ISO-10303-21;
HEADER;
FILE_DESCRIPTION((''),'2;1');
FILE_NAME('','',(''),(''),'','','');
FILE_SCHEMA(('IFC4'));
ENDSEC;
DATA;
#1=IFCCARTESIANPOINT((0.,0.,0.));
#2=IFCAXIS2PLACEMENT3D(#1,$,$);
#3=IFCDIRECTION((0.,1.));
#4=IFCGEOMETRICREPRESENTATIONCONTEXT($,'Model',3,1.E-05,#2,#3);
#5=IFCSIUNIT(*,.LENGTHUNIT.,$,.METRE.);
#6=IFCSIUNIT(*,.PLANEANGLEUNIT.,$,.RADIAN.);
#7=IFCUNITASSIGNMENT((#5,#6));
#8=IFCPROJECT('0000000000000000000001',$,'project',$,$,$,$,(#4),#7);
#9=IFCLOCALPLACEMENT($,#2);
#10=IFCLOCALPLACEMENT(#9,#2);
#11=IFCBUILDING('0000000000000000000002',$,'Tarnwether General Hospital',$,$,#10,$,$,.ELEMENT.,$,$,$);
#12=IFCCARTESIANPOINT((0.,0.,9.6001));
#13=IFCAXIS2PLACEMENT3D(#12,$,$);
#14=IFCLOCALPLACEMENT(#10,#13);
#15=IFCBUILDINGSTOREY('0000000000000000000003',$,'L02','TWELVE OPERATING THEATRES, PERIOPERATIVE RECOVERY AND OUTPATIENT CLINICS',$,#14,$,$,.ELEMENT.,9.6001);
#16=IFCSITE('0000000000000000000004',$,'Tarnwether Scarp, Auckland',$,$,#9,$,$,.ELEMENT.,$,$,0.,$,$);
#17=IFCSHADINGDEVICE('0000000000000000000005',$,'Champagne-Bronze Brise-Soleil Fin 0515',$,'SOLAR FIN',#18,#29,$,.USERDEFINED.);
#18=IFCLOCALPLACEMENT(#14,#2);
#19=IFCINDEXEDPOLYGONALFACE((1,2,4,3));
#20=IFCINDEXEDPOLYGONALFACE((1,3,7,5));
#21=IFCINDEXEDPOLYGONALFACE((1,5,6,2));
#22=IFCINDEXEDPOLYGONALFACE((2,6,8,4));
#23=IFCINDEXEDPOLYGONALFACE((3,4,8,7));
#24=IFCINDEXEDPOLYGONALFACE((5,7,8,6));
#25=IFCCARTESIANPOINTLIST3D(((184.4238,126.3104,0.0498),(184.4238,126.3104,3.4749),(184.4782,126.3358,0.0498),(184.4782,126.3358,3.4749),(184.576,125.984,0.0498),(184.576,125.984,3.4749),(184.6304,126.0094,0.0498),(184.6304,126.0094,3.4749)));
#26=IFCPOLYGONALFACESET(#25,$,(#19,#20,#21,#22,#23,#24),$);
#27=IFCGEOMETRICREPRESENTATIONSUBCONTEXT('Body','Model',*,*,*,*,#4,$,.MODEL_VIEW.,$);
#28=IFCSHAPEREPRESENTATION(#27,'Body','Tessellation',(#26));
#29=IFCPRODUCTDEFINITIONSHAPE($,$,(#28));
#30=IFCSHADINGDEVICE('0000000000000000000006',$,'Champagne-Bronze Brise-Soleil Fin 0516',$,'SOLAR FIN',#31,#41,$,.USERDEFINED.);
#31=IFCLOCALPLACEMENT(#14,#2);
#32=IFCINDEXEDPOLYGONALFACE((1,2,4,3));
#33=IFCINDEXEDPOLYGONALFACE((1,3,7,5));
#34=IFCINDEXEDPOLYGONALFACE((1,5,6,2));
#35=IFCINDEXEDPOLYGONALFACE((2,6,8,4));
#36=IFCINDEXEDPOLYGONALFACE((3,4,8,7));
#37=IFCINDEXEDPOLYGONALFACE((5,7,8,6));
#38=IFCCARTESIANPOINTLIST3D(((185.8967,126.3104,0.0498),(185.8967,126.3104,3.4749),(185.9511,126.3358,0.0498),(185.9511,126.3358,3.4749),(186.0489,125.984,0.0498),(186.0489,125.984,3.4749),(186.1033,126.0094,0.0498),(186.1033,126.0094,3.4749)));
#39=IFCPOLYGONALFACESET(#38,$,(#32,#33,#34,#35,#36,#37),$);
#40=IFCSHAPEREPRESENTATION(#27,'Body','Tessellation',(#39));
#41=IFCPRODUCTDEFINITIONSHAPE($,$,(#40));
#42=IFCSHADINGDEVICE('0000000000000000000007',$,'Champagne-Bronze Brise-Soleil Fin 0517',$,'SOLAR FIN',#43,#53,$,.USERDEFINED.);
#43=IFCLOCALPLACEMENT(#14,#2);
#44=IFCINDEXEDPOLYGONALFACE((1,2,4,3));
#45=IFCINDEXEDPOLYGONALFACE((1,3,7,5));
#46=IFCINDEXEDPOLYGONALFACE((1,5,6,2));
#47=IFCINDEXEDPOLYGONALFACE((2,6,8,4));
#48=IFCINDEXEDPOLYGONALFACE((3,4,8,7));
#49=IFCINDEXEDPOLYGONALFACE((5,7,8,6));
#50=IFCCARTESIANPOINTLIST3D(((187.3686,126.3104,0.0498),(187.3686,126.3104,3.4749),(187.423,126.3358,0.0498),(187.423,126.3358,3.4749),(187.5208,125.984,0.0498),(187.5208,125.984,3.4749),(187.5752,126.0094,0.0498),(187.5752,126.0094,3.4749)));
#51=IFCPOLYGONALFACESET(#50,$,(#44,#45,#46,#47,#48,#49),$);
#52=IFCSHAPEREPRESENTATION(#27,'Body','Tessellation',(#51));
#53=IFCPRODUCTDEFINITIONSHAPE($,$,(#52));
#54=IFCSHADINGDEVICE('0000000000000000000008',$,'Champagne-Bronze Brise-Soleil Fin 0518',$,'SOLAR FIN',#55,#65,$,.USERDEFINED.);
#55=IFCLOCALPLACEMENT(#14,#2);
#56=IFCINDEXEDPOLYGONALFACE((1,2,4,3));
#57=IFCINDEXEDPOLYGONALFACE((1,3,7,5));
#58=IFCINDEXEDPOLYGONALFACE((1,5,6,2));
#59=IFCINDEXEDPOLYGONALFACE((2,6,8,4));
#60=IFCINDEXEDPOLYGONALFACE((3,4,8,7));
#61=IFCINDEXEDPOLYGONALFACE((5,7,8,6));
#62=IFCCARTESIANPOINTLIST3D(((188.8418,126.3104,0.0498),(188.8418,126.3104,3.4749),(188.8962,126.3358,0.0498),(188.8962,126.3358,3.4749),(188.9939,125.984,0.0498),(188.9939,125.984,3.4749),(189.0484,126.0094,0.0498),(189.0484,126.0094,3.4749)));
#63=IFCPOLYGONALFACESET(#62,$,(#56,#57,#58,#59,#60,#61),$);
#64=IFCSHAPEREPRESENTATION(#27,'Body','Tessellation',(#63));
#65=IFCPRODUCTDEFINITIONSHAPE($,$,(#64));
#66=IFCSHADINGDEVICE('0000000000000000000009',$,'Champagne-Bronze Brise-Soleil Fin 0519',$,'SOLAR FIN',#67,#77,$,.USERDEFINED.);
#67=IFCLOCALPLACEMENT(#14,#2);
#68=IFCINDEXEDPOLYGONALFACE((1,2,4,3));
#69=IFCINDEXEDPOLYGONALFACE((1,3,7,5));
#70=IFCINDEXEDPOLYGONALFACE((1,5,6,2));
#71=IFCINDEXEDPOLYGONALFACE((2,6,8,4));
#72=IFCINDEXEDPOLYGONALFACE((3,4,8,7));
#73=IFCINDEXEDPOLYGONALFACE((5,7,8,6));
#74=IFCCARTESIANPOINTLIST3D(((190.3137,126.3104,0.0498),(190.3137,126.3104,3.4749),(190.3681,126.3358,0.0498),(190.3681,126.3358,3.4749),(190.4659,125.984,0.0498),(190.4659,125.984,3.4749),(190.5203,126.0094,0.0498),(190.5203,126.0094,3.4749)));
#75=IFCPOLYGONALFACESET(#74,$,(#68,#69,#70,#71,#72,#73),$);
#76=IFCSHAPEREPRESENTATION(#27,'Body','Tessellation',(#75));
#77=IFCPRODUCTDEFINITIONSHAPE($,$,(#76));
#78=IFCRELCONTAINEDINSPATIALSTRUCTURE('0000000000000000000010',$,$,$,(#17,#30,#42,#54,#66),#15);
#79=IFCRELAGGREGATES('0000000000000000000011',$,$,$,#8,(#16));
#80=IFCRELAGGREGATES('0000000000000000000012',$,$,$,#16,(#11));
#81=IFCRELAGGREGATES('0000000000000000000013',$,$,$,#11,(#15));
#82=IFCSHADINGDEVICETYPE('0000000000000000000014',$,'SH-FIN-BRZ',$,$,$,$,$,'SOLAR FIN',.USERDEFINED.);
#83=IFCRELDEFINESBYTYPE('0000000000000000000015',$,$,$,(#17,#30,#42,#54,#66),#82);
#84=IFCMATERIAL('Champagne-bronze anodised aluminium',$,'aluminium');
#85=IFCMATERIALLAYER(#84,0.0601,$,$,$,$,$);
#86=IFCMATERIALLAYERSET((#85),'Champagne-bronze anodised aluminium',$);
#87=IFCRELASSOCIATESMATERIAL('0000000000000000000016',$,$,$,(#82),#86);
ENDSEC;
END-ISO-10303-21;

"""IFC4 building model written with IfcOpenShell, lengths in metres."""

from ifc_helpers import new_model, si_unit, direction, frame, origin, origin_2d, place, context, subcontext, project, spatial, rectangle, extrude, material, layer, layer_set, type_object, element, save


model = new_model("IFC4")

# Units and contexts
model_context = context("Model", 3, precision=1e-05, world=origin(), true_north=direction((0.0, 1.0)))
body_context = subcontext(model_context, "Body", "Model", "MODEL_VIEW")
ifc_project = project(units=[si_unit("LENGTHUNIT", "METRE"), si_unit("PLANEANGLEUNIT", "RADIAN")], contexts=[model_context])

# Site, building, storey
site_placement = place(None, origin())
site = spatial("IfcSite", under=ifc_project, at=site_placement, Name="Tarnwether Scarp, Auckland", CompositionType="ELEMENT", RefElevation=0.0)
building_placement = place(site_placement, origin())
building = spatial("IfcBuilding", under=site, at=building_placement, Name="Tarnwether General Hospital", CompositionType="ELEMENT")
storey_placement = place(building_placement, frame((0.0, 0.0, 9.6001)))
storey = spatial("IfcBuildingStorey", under=building, at=storey_placement, Name="L02", Description="TWELVE OPERATING THEATRES, PERIOPERATIVE RECOVERY AND OUTPATIENT CLINICS", CompositionType="ELEMENT", Elevation=9.6001)

# Shading devices
ifc_material_1 = material(Name="Champagne-bronze anodised aluminium", Category="aluminium")
ifc_layer_1 = layer(ifc_material_1, 0.0601)
ifc_layer_set_1 = layer_set([ifc_layer_1], Name="Champagne-bronze anodised aluminium")
shading_device_type = type_object("IfcShadingDeviceType", Name="SH-FIN-BRZ", ElementType="SOLAR FIN", PredefinedType="USERDEFINED", material=ifc_layer_set_1)
for number, where, z_axis, x_axis, name in (
    (1, (184.5271, 126.1599, 0.0498), (0.0, 0.0, 1.0), (0.906308, 0.422618, 0.0), "Champagne-Bronze Brise-Soleil Fin 0515"),
    (2, (186.0, 126.1599, 0.0498), (0.0, 0.0, 1.0), (0.906308, 0.422618, 0.0), "Champagne-Bronze Brise-Soleil Fin 0516"),
    (3, (187.4719, 126.1599, 0.0498), (0.0, 0.0, 1.0), (0.906308, 0.422618, 0.0), "Champagne-Bronze Brise-Soleil Fin 0517"),
    (4, (188.9451, 126.1599, 0.0498), (0.0, 0.0, 1.0), (0.906308, 0.422618, 0.0), "Champagne-Bronze Brise-Soleil Fin 0518"),
    (5, (190.417, 126.1599, 0.0498), (0.0, 0.0, 1.0), (0.906308, 0.422618, 0.0), "Champagne-Bronze Brise-Soleil Fin 0519"),
):
    element("IfcShadingDevice", number, at=place(storey_placement, frame(where, z_axis=z_axis, x_axis=x_axis)), inside=storey, type_object=shading_device_type, Name=name, ObjectType="SOLAR FIN", PredefinedType="USERDEFINED", context=body_context, shape_type="SweptSolid", body=[
        extrude(rectangle(XDim=0.0601, YDim=0.3601, at=origin_2d()), origin(), (0.0, 0.0, 1.0), 3.425),
    ])

save(model, "model.ifc")
